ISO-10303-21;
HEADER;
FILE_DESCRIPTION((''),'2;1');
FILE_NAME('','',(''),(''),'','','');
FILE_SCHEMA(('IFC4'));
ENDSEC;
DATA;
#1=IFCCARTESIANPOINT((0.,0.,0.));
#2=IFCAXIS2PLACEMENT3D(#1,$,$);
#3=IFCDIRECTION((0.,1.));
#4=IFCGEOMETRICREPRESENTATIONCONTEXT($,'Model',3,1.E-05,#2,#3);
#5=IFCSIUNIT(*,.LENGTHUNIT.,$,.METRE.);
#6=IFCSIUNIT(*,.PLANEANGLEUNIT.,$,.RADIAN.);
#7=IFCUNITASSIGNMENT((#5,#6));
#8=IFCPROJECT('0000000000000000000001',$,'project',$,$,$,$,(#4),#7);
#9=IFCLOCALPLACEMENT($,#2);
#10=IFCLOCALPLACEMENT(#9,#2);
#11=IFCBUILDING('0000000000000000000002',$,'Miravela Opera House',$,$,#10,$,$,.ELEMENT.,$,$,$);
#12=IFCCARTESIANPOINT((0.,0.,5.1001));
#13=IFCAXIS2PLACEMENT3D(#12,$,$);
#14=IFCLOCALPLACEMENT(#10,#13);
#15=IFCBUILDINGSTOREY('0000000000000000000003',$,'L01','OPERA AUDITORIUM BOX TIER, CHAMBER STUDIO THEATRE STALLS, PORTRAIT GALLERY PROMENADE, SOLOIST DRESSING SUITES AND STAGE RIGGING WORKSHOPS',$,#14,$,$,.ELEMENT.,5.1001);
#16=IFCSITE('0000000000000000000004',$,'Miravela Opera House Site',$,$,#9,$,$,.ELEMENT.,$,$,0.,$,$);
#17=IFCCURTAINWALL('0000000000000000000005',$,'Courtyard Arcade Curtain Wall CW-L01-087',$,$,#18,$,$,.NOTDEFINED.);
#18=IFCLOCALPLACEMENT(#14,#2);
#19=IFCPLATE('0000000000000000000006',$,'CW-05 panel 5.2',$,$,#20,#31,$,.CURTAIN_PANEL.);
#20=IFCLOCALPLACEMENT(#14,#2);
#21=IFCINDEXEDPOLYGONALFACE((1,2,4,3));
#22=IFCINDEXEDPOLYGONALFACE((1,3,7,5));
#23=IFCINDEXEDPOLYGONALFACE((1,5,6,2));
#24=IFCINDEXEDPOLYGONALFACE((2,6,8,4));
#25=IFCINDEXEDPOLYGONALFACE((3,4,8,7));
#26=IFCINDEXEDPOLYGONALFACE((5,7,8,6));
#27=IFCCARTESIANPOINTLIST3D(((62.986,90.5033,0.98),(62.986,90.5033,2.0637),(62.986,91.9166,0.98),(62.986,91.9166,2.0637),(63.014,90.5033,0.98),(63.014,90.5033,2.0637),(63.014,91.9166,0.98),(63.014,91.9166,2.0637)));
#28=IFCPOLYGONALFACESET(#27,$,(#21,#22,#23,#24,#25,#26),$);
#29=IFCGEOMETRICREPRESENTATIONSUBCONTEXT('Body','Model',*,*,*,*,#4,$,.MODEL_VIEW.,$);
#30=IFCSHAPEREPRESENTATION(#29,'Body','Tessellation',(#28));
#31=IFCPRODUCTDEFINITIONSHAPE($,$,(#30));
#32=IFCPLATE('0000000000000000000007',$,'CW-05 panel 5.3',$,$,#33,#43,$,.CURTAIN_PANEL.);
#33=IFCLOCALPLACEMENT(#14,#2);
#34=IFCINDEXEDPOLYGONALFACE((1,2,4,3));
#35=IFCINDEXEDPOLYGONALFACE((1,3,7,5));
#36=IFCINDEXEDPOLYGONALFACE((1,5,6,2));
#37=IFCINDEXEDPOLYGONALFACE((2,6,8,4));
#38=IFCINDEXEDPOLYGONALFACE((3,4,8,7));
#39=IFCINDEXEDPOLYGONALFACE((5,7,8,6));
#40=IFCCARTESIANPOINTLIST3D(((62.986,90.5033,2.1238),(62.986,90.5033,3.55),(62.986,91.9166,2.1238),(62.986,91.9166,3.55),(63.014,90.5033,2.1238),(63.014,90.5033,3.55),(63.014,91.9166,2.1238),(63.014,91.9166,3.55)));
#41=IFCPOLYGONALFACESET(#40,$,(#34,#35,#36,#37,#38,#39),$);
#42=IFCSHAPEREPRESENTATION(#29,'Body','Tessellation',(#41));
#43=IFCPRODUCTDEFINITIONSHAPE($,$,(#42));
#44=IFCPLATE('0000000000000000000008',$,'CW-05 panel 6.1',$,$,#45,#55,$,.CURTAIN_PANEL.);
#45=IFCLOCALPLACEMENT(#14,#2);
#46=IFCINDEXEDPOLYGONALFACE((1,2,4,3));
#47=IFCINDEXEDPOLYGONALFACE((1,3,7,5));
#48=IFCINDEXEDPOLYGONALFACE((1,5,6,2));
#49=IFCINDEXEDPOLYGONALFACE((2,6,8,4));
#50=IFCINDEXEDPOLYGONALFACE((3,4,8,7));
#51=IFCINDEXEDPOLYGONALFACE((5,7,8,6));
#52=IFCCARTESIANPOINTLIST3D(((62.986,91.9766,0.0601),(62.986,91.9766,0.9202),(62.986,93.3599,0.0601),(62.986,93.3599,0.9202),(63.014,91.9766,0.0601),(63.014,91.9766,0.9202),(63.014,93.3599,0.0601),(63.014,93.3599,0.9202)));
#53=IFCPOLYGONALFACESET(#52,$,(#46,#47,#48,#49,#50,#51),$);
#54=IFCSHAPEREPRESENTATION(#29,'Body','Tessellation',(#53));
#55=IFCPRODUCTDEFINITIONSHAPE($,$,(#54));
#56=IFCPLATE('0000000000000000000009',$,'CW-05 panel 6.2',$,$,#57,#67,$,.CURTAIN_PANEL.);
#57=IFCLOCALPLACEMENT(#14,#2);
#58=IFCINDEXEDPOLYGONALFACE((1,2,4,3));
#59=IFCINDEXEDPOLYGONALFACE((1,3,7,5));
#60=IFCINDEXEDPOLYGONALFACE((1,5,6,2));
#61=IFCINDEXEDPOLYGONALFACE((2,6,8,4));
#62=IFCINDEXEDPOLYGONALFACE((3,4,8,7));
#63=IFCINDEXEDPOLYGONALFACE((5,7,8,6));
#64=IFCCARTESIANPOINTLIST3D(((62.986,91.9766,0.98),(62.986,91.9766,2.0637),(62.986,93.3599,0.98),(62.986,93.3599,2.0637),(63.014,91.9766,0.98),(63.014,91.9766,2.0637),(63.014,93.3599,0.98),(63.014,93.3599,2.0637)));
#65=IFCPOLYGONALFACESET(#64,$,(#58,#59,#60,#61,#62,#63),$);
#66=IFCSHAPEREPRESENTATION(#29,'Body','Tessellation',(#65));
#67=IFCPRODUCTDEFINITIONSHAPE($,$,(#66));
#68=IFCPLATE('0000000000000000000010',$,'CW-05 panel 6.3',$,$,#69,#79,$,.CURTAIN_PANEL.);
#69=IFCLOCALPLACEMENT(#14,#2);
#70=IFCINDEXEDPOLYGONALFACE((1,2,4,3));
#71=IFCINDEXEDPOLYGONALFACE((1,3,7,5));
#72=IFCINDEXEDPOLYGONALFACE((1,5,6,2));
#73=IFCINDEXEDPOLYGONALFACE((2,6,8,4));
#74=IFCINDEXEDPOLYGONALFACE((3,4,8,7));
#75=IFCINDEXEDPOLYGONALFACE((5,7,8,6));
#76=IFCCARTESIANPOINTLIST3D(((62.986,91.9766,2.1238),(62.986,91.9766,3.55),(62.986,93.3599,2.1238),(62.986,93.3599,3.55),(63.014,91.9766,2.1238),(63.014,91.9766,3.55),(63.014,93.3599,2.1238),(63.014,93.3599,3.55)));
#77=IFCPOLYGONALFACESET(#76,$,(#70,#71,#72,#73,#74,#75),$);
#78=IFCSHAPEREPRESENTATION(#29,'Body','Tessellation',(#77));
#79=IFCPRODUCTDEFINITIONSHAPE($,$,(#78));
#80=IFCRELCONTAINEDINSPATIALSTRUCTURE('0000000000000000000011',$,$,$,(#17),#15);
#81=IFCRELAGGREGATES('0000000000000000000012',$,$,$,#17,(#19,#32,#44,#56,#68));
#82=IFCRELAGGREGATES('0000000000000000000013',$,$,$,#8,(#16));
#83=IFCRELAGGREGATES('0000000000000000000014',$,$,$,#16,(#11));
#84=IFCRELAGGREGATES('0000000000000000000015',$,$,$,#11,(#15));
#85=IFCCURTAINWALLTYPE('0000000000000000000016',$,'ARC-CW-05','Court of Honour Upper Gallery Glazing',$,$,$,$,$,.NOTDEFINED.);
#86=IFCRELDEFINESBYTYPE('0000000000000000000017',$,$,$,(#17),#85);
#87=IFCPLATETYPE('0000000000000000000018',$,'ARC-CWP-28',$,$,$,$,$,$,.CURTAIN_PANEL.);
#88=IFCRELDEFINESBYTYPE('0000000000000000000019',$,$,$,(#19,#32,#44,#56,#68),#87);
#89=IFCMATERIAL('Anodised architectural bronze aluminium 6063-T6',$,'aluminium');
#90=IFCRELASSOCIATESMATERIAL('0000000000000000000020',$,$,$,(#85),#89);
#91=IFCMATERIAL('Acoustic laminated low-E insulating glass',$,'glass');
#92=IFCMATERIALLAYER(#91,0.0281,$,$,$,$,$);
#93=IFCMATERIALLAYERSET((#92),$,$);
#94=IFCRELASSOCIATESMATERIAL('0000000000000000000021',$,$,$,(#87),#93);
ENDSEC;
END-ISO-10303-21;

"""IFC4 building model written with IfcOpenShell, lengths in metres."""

from ifc_helpers import new_model, si_unit, direction, frame, origin, origin_2d, place, context, subcontext, project, spatial, rectangle, extrude, material, layer, layer_set, type_object, element, aggregate, save


model = new_model("IFC4")

# Units and contexts
model_context = context("Model", 3, precision=1e-05, world=origin(), true_north=direction((0.0, 1.0)))
body_context = subcontext(model_context, "Body", "Model", "MODEL_VIEW")
ifc_project = project(units=[si_unit("LENGTHUNIT", "METRE"), si_unit("PLANEANGLEUNIT", "RADIAN")], contexts=[model_context])

# Site, building, storey
site_placement = place(None, origin())
site = spatial("IfcSite", under=ifc_project, at=site_placement, Name="Miravela Opera House Site", CompositionType="ELEMENT", RefElevation=0.0)
building_placement = place(site_placement, origin())
building = spatial("IfcBuilding", under=site, at=building_placement, Name="Miravela Opera House", CompositionType="ELEMENT")
storey_placement = place(building_placement, frame((0.0, 0.0, 5.1001)))
storey = spatial("IfcBuildingStorey", under=building, at=storey_placement, Name="L01", Description="OPERA AUDITORIUM BOX TIER, CHAMBER STUDIO THEATRE STALLS, PORTRAIT GALLERY PROMENADE, SOLOIST DRESSING SUITES AND STAGE RIGGING WORKSHOPS", CompositionType="ELEMENT", Elevation=5.1001)

# Curtain wall
ifc_material_1 = material(Name="Anodised architectural bronze aluminium 6063-T6", Category="aluminium")
curtain_wall_type = type_object("IfcCurtainWallType", Name="ARC-CW-05", Description="Court of Honour Upper Gallery Glazing", PredefinedType="NOTDEFINED", material=ifc_material_1)
curtain_wall_placement = place(storey_placement, origin())
curtain_wall = element("IfcCurtainWall", 1, at=curtain_wall_placement, inside=storey, type_object=curtain_wall_type, Name="Courtyard Arcade Curtain Wall CW-L01-087", PredefinedType="NOTDEFINED")

# Plates
ifc_material_2 = material(Name="Acoustic laminated low-E insulating glass", Category="glass")
ifc_layer = layer(ifc_material_2, 0.0281)
ifc_layer_set = layer_set([ifc_layer])
plate_type = type_object("IfcPlateType", Name="ARC-CWP-28", PredefinedType="CURTAIN_PANEL", material=ifc_layer_set)
plate_1_placement = place(storey_placement, frame((63.0, 91.21, 0.98), z_axis=(0.0, 0.0, 1.0), x_axis=(0.0, 1.0, 0.0)))
plate_1 = element("IfcPlate", 2, at=plate_1_placement, type_object=plate_type, Name="CW-05 panel 5.2", PredefinedType="CURTAIN_PANEL", context=body_context, shape_type="SweptSolid", body=[
    extrude(rectangle(XDim=1.4133, YDim=0.0281, at=origin_2d()), origin(), (0.0, 0.0, 1.0), 1.0837),
])
plate_2_placement = place(storey_placement, frame((63.0, 91.21, 2.1238), z_axis=(0.0, 0.0, 1.0), x_axis=(0.0, 1.0, 0.0)))
plate_2 = element("IfcPlate", 3, at=plate_2_placement, type_object=plate_type, Name="CW-05 panel 5.3", PredefinedType="CURTAIN_PANEL", context=body_context, shape_type="SweptSolid", body=[
    extrude(rectangle(XDim=1.4133, YDim=0.0281, at=origin_2d()), origin(), (0.0, 0.0, 1.0), 1.4263),
])
plate_3_placement = place(storey_placement, frame((63.0, 92.6682, 0.0601), z_axis=(0.0, 0.0, 1.0), x_axis=(0.0, 1.0, 0.0)))
plate_3 = element("IfcPlate", 4, at=plate_3_placement, type_object=plate_type, Name="CW-05 panel 6.1", PredefinedType="CURTAIN_PANEL", context=body_context, shape_type="SweptSolid", body=[
    extrude(rectangle(XDim=1.3833, YDim=0.0281, at=origin_2d()), origin(), (0.0, 0.0, 1.0), 0.8601),
])
plate_4_placement = place(storey_placement, frame((63.0, 92.6682, 0.98), z_axis=(0.0, 0.0, 1.0), x_axis=(0.0, 1.0, 0.0)))
plate_4 = element("IfcPlate", 5, at=plate_4_placement, type_object=plate_type, Name="CW-05 panel 6.2", PredefinedType="CURTAIN_PANEL", context=body_context, shape_type="SweptSolid", body=[
    extrude(rectangle(XDim=1.3833, YDim=0.0281, at=origin_2d()), origin(), (0.0, 0.0, 1.0), 1.0837),
])
plate_5_placement = place(storey_placement, frame((63.0, 92.6682, 2.1238), z_axis=(0.0, 0.0, 1.0), x_axis=(0.0, 1.0, 0.0)))
plate_5 = element("IfcPlate", 6, at=plate_5_placement, type_object=plate_type, Name="CW-05 panel 6.3", PredefinedType="CURTAIN_PANEL", context=body_context, shape_type="SweptSolid", body=[
    extrude(rectangle(XDim=1.3833, YDim=0.0281, at=origin_2d()), origin(), (0.0, 0.0, 1.0), 1.4263),
])
aggregate(curtain_wall, [plate_1, plate_2, plate_3, plate_4, plate_5])

save(model, "model.ifc")
